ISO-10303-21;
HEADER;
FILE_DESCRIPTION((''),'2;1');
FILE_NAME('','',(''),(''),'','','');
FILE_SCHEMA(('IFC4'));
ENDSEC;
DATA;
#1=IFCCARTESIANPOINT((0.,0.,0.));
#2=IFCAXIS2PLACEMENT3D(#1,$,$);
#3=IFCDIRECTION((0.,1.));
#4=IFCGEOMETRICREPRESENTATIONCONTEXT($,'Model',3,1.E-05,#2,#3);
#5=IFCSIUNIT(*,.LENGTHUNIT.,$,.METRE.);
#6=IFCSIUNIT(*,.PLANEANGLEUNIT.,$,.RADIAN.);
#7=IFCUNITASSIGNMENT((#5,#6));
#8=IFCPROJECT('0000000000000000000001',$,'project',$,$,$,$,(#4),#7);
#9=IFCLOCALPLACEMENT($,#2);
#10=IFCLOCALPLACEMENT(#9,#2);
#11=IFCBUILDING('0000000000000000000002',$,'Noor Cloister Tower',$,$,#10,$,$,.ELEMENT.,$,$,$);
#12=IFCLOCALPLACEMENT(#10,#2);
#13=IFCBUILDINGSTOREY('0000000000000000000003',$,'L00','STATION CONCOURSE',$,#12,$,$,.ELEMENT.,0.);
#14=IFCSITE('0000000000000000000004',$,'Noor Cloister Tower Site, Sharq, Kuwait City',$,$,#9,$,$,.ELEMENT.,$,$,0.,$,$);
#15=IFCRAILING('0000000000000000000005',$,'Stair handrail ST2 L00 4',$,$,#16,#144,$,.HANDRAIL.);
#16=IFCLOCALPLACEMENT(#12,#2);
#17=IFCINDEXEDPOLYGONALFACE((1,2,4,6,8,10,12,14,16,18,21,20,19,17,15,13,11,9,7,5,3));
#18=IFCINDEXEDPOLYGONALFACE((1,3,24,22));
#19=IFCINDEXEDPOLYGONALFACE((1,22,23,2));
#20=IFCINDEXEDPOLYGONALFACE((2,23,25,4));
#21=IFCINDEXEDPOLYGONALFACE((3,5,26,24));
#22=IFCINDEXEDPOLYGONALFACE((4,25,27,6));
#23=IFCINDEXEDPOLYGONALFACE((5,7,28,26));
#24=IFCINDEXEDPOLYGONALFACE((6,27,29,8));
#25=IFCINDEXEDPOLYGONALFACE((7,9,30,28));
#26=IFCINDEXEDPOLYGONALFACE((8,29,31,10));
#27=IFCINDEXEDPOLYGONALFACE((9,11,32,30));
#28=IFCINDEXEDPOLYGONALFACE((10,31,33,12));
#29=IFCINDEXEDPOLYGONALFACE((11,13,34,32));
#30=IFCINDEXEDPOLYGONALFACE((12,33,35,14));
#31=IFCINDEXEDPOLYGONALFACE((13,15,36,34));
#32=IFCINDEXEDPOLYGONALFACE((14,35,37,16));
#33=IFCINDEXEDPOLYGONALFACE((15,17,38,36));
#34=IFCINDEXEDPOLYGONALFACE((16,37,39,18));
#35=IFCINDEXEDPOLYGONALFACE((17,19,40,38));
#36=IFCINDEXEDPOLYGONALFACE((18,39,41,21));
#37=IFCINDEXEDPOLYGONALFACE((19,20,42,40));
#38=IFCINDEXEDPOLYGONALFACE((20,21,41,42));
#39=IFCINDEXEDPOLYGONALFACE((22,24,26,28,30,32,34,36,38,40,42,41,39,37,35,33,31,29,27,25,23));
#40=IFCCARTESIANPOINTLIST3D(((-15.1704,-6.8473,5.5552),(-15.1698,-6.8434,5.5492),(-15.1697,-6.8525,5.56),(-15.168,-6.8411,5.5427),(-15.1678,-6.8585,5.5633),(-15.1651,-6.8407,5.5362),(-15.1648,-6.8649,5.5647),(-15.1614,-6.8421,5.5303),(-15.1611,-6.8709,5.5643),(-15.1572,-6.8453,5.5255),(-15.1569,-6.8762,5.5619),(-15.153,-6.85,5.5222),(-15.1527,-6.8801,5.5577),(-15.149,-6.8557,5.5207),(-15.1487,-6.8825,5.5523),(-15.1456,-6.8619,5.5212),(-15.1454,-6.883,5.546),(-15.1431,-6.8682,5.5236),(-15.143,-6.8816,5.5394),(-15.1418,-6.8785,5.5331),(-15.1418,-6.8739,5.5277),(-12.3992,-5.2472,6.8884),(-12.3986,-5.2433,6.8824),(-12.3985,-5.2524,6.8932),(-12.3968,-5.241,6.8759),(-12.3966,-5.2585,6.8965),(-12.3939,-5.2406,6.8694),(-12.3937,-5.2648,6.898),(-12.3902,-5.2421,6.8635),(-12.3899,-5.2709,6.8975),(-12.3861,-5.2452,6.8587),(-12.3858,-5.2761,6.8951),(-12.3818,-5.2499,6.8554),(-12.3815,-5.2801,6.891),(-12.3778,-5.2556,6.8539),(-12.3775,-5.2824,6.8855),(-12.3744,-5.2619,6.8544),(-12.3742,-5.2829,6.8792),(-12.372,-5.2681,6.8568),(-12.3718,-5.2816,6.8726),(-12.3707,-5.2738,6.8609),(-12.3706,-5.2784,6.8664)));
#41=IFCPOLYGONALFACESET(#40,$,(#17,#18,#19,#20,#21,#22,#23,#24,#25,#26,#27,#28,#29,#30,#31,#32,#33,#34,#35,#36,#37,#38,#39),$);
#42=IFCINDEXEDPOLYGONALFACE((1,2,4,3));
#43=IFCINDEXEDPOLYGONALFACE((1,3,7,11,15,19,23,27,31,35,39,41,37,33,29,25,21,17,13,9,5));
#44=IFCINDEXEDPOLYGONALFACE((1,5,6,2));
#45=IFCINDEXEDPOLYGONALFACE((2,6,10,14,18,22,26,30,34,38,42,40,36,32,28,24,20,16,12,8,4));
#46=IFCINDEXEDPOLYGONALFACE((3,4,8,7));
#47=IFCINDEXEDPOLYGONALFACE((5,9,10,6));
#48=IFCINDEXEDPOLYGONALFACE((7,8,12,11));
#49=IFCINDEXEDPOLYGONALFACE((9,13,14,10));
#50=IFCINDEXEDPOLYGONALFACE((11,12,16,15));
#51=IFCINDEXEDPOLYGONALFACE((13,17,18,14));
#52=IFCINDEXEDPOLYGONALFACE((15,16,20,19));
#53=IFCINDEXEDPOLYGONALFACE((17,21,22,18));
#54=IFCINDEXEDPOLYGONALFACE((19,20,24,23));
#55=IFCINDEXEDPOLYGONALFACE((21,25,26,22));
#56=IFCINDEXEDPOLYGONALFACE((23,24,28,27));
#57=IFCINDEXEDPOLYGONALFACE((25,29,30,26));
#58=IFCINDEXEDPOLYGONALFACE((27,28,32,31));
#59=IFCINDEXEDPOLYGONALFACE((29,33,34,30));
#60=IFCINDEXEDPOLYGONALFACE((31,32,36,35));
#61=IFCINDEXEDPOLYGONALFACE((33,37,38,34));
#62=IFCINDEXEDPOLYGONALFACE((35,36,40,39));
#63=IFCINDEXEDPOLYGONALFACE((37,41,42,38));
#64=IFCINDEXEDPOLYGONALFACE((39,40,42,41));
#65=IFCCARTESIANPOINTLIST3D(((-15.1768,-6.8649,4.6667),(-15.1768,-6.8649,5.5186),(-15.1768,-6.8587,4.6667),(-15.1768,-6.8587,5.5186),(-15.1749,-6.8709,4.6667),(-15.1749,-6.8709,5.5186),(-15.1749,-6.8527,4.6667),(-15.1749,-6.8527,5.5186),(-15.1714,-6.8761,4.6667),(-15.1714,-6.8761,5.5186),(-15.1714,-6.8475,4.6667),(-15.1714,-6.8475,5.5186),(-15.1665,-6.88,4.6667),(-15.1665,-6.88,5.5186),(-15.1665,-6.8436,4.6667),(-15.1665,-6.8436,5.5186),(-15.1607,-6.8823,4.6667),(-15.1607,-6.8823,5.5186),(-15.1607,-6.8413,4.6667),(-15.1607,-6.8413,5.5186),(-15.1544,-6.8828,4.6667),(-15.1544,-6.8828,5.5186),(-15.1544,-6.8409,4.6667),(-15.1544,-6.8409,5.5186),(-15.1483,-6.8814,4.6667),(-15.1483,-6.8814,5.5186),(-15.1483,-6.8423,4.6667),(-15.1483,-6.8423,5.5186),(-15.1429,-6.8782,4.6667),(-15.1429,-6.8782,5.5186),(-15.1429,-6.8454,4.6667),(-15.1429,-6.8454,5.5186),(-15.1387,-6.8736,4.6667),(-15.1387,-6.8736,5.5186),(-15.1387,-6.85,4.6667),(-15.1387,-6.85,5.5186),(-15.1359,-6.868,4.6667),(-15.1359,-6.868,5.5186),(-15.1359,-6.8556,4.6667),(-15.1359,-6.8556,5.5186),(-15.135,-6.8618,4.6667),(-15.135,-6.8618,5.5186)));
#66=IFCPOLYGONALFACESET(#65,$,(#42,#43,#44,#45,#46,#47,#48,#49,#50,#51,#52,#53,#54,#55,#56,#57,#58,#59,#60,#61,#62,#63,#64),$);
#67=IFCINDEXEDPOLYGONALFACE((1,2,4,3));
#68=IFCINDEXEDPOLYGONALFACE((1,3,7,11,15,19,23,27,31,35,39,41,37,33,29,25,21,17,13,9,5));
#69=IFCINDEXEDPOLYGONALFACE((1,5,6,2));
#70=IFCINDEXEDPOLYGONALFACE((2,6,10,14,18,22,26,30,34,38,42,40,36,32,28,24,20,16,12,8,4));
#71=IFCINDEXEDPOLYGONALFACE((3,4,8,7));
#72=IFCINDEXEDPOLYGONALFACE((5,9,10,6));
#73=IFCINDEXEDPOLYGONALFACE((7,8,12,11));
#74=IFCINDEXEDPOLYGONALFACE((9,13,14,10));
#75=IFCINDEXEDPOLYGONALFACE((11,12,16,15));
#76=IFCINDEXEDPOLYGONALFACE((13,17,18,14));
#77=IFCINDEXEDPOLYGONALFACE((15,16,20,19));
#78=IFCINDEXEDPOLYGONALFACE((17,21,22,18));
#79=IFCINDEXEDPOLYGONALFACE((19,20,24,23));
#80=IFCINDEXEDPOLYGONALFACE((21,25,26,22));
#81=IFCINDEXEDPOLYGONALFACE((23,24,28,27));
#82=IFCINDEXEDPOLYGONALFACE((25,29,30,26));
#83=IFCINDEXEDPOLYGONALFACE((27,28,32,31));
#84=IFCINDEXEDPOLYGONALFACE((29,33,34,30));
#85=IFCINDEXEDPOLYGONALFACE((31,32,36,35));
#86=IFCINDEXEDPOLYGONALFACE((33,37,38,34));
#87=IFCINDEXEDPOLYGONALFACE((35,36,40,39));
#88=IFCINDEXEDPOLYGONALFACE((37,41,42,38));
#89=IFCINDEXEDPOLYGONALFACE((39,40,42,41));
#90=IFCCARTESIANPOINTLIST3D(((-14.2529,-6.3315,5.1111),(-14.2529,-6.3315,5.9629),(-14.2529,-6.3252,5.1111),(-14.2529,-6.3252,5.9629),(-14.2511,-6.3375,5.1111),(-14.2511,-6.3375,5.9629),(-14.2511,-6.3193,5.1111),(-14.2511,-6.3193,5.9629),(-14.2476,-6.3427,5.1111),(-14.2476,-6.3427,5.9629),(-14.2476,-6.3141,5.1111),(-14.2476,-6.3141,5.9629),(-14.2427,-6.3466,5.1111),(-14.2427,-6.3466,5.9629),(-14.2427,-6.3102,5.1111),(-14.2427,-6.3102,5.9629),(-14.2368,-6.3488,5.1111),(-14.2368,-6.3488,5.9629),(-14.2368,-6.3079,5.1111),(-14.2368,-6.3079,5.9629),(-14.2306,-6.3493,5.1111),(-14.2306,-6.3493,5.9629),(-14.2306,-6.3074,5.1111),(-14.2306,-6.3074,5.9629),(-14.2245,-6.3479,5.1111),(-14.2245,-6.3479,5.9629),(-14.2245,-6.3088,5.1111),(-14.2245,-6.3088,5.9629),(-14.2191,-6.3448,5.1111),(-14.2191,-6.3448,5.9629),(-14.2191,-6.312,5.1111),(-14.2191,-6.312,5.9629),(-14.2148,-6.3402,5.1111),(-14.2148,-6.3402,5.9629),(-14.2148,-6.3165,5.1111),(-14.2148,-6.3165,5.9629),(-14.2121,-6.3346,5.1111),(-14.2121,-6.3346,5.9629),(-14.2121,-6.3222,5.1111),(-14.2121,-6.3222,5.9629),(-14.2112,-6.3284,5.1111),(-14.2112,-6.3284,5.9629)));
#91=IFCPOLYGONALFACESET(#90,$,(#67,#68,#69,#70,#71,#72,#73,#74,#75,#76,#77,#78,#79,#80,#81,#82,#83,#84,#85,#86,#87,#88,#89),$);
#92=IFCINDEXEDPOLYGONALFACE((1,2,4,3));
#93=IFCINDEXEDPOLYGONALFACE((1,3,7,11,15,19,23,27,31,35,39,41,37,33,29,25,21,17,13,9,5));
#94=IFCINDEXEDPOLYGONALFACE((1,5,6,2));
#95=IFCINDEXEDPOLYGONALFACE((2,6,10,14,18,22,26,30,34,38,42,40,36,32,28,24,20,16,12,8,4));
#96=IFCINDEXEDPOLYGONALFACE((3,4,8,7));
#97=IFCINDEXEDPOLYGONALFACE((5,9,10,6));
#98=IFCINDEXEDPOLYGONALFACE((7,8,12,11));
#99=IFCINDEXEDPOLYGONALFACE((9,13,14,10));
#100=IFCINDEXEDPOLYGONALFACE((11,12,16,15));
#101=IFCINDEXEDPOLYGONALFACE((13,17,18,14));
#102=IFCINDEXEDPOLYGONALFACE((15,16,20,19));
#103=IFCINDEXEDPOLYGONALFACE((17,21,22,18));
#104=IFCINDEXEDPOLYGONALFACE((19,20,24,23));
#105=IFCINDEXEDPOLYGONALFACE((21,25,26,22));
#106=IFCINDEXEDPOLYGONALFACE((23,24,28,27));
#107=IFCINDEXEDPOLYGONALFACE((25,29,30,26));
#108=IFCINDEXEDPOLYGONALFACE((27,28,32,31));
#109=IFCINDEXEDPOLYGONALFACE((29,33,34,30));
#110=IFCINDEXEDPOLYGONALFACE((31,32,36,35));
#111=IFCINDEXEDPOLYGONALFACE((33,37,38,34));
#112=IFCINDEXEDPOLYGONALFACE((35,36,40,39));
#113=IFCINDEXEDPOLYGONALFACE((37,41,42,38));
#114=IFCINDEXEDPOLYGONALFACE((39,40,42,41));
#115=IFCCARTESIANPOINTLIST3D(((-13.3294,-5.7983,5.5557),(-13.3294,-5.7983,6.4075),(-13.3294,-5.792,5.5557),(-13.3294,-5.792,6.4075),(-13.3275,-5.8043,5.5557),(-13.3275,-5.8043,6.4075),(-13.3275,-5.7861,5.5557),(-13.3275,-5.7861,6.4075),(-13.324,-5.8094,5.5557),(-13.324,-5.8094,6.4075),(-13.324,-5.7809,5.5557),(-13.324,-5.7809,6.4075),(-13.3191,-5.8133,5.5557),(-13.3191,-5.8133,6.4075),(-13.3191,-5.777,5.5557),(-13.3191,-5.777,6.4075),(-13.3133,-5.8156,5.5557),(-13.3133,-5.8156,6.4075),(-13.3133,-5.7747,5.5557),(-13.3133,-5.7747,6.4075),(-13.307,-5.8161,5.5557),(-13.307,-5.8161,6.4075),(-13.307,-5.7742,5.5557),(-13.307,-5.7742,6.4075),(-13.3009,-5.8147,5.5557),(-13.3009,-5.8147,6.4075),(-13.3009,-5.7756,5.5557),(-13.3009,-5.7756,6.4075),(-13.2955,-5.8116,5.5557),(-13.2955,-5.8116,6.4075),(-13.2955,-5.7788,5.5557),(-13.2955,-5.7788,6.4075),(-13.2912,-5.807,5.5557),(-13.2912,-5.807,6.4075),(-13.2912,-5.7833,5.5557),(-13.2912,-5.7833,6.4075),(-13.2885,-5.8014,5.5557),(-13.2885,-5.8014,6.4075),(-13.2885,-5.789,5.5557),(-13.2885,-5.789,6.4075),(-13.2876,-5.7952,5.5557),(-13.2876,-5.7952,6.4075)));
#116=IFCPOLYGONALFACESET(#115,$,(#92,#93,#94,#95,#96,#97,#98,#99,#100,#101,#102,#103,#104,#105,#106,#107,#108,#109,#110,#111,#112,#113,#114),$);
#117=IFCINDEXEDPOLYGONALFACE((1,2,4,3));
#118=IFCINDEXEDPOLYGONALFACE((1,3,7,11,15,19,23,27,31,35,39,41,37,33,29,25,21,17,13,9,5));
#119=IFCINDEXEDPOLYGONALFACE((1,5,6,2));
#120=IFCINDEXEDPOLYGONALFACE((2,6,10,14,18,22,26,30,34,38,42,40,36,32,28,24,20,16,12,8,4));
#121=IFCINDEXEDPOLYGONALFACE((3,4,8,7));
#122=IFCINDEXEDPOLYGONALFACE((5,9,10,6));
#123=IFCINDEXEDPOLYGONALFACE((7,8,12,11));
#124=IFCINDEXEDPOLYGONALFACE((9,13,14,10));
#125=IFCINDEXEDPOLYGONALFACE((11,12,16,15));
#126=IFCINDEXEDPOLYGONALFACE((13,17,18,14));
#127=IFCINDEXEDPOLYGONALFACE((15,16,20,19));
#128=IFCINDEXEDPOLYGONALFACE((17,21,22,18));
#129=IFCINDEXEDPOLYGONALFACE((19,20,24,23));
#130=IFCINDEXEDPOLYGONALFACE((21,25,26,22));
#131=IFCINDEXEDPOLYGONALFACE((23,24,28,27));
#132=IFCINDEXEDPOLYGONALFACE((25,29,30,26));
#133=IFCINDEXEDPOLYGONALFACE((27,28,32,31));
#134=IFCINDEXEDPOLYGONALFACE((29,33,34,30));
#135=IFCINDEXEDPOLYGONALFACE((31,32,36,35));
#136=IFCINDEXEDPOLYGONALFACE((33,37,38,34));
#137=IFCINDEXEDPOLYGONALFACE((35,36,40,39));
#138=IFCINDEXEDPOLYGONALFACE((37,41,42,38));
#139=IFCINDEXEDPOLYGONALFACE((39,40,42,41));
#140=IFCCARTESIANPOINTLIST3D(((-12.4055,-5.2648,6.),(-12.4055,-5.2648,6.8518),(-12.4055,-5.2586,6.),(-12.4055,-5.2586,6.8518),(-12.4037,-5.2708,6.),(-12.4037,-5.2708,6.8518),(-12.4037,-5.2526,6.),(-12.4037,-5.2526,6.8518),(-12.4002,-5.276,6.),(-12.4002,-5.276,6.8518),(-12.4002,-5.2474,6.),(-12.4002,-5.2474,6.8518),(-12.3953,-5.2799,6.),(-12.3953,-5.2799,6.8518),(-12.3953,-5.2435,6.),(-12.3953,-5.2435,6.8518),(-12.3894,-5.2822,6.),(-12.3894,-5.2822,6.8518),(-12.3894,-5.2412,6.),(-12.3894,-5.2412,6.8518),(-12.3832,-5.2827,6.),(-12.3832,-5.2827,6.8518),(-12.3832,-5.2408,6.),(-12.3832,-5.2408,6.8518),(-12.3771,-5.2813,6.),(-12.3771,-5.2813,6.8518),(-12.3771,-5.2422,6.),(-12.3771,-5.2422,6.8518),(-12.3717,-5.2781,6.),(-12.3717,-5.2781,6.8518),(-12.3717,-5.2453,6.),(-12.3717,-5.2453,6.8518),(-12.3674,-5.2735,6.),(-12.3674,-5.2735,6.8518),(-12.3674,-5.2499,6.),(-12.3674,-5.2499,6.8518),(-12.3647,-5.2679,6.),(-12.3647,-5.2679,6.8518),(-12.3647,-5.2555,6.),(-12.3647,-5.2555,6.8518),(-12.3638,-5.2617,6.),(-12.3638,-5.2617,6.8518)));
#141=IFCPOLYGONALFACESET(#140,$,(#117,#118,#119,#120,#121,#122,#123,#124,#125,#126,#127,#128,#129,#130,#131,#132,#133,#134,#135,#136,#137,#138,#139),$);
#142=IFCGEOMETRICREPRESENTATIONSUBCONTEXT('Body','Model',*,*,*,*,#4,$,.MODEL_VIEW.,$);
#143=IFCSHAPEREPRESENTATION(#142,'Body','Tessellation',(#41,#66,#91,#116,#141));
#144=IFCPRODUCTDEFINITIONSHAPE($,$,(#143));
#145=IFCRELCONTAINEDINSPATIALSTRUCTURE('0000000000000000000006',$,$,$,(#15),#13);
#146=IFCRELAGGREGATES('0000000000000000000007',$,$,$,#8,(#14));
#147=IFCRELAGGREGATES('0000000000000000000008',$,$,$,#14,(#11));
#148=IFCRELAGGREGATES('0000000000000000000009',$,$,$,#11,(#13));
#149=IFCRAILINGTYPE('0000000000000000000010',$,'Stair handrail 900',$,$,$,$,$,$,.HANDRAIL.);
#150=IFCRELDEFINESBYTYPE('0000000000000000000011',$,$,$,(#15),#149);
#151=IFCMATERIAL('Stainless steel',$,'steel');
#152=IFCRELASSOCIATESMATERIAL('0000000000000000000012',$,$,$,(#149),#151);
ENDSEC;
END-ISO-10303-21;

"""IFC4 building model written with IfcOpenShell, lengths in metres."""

from ifc_helpers import new_model, si_unit, direction, frame, origin, origin_2d, place, context, subcontext, project, spatial, circle, extrude, material, type_object, element, save


model = new_model("IFC4")

# Units and contexts
model_context = context("Model", 3, precision=1e-05, world=origin(), true_north=direction((0.0, 1.0)))
body_context = subcontext(model_context, "Body", "Model", "MODEL_VIEW")
ifc_project = project(units=[si_unit("LENGTHUNIT", "METRE"), si_unit("PLANEANGLEUNIT", "RADIAN")], contexts=[model_context])

# Site, building, storey
site_placement = place(None, origin())
site = spatial("IfcSite", under=ifc_project, at=site_placement, Name="Noor Cloister Tower Site, Sharq, Kuwait City", CompositionType="ELEMENT", RefElevation=0.0)
building_placement = place(site_placement, origin())
building = spatial("IfcBuilding", under=site, at=building_placement, Name="Noor Cloister Tower", CompositionType="ELEMENT")
storey_placement = place(building_placement, origin())
storey = spatial("IfcBuildingStorey", under=building, at=storey_placement, Name="L00", Description="STATION CONCOURSE", CompositionType="ELEMENT", Elevation=0.0)

# Railing
ifc_material_1 = material(Name="Stainless steel", Category="steel")
railing_type = type_object("IfcRailingType", Name="Stair handrail 900", PredefinedType="HANDRAIL", material=ifc_material_1)
railing_1_placement = place(storey_placement, frame((-15.156, -6.8618, 4.6667)))
element("IfcRailing", 1, at=railing_1_placement, inside=storey, type_object=railing_type, Name="Stair handrail ST2 L00 4", PredefinedType="HANDRAIL", context=body_context, shape_type="SweptSolid", body=[
    extrude(circle(Radius=0.0239, at=origin_2d()), frame((0.0, 0.0, 0.876), z_axis=(0.799401, 0.461569, 0.384594), x_axis=(-0.500028, 0.866009, 0.0)), (0.0, 0.0, 1.0), 3.4666),
    extrude(circle(Radius=0.021, at=origin_2d()), origin(), (0.0, 0.0, 1.0), 0.8518),
    extrude(circle(Radius=0.021, at=origin_2d()), frame((0.9238, 0.5334, 0.4443)), (0.0, 0.0, 1.0), 0.8518),
    extrude(circle(Radius=0.021, at=origin_2d()), frame((1.8474, 1.0667, 0.8889)), (0.0, 0.0, 1.0), 0.8518),
    extrude(circle(Radius=0.021, at=origin_2d()), frame((2.7712, 1.6001, 1.3333)), (0.0, 0.0, 1.0), 0.8518),
])

save(model, "model.ifc")
